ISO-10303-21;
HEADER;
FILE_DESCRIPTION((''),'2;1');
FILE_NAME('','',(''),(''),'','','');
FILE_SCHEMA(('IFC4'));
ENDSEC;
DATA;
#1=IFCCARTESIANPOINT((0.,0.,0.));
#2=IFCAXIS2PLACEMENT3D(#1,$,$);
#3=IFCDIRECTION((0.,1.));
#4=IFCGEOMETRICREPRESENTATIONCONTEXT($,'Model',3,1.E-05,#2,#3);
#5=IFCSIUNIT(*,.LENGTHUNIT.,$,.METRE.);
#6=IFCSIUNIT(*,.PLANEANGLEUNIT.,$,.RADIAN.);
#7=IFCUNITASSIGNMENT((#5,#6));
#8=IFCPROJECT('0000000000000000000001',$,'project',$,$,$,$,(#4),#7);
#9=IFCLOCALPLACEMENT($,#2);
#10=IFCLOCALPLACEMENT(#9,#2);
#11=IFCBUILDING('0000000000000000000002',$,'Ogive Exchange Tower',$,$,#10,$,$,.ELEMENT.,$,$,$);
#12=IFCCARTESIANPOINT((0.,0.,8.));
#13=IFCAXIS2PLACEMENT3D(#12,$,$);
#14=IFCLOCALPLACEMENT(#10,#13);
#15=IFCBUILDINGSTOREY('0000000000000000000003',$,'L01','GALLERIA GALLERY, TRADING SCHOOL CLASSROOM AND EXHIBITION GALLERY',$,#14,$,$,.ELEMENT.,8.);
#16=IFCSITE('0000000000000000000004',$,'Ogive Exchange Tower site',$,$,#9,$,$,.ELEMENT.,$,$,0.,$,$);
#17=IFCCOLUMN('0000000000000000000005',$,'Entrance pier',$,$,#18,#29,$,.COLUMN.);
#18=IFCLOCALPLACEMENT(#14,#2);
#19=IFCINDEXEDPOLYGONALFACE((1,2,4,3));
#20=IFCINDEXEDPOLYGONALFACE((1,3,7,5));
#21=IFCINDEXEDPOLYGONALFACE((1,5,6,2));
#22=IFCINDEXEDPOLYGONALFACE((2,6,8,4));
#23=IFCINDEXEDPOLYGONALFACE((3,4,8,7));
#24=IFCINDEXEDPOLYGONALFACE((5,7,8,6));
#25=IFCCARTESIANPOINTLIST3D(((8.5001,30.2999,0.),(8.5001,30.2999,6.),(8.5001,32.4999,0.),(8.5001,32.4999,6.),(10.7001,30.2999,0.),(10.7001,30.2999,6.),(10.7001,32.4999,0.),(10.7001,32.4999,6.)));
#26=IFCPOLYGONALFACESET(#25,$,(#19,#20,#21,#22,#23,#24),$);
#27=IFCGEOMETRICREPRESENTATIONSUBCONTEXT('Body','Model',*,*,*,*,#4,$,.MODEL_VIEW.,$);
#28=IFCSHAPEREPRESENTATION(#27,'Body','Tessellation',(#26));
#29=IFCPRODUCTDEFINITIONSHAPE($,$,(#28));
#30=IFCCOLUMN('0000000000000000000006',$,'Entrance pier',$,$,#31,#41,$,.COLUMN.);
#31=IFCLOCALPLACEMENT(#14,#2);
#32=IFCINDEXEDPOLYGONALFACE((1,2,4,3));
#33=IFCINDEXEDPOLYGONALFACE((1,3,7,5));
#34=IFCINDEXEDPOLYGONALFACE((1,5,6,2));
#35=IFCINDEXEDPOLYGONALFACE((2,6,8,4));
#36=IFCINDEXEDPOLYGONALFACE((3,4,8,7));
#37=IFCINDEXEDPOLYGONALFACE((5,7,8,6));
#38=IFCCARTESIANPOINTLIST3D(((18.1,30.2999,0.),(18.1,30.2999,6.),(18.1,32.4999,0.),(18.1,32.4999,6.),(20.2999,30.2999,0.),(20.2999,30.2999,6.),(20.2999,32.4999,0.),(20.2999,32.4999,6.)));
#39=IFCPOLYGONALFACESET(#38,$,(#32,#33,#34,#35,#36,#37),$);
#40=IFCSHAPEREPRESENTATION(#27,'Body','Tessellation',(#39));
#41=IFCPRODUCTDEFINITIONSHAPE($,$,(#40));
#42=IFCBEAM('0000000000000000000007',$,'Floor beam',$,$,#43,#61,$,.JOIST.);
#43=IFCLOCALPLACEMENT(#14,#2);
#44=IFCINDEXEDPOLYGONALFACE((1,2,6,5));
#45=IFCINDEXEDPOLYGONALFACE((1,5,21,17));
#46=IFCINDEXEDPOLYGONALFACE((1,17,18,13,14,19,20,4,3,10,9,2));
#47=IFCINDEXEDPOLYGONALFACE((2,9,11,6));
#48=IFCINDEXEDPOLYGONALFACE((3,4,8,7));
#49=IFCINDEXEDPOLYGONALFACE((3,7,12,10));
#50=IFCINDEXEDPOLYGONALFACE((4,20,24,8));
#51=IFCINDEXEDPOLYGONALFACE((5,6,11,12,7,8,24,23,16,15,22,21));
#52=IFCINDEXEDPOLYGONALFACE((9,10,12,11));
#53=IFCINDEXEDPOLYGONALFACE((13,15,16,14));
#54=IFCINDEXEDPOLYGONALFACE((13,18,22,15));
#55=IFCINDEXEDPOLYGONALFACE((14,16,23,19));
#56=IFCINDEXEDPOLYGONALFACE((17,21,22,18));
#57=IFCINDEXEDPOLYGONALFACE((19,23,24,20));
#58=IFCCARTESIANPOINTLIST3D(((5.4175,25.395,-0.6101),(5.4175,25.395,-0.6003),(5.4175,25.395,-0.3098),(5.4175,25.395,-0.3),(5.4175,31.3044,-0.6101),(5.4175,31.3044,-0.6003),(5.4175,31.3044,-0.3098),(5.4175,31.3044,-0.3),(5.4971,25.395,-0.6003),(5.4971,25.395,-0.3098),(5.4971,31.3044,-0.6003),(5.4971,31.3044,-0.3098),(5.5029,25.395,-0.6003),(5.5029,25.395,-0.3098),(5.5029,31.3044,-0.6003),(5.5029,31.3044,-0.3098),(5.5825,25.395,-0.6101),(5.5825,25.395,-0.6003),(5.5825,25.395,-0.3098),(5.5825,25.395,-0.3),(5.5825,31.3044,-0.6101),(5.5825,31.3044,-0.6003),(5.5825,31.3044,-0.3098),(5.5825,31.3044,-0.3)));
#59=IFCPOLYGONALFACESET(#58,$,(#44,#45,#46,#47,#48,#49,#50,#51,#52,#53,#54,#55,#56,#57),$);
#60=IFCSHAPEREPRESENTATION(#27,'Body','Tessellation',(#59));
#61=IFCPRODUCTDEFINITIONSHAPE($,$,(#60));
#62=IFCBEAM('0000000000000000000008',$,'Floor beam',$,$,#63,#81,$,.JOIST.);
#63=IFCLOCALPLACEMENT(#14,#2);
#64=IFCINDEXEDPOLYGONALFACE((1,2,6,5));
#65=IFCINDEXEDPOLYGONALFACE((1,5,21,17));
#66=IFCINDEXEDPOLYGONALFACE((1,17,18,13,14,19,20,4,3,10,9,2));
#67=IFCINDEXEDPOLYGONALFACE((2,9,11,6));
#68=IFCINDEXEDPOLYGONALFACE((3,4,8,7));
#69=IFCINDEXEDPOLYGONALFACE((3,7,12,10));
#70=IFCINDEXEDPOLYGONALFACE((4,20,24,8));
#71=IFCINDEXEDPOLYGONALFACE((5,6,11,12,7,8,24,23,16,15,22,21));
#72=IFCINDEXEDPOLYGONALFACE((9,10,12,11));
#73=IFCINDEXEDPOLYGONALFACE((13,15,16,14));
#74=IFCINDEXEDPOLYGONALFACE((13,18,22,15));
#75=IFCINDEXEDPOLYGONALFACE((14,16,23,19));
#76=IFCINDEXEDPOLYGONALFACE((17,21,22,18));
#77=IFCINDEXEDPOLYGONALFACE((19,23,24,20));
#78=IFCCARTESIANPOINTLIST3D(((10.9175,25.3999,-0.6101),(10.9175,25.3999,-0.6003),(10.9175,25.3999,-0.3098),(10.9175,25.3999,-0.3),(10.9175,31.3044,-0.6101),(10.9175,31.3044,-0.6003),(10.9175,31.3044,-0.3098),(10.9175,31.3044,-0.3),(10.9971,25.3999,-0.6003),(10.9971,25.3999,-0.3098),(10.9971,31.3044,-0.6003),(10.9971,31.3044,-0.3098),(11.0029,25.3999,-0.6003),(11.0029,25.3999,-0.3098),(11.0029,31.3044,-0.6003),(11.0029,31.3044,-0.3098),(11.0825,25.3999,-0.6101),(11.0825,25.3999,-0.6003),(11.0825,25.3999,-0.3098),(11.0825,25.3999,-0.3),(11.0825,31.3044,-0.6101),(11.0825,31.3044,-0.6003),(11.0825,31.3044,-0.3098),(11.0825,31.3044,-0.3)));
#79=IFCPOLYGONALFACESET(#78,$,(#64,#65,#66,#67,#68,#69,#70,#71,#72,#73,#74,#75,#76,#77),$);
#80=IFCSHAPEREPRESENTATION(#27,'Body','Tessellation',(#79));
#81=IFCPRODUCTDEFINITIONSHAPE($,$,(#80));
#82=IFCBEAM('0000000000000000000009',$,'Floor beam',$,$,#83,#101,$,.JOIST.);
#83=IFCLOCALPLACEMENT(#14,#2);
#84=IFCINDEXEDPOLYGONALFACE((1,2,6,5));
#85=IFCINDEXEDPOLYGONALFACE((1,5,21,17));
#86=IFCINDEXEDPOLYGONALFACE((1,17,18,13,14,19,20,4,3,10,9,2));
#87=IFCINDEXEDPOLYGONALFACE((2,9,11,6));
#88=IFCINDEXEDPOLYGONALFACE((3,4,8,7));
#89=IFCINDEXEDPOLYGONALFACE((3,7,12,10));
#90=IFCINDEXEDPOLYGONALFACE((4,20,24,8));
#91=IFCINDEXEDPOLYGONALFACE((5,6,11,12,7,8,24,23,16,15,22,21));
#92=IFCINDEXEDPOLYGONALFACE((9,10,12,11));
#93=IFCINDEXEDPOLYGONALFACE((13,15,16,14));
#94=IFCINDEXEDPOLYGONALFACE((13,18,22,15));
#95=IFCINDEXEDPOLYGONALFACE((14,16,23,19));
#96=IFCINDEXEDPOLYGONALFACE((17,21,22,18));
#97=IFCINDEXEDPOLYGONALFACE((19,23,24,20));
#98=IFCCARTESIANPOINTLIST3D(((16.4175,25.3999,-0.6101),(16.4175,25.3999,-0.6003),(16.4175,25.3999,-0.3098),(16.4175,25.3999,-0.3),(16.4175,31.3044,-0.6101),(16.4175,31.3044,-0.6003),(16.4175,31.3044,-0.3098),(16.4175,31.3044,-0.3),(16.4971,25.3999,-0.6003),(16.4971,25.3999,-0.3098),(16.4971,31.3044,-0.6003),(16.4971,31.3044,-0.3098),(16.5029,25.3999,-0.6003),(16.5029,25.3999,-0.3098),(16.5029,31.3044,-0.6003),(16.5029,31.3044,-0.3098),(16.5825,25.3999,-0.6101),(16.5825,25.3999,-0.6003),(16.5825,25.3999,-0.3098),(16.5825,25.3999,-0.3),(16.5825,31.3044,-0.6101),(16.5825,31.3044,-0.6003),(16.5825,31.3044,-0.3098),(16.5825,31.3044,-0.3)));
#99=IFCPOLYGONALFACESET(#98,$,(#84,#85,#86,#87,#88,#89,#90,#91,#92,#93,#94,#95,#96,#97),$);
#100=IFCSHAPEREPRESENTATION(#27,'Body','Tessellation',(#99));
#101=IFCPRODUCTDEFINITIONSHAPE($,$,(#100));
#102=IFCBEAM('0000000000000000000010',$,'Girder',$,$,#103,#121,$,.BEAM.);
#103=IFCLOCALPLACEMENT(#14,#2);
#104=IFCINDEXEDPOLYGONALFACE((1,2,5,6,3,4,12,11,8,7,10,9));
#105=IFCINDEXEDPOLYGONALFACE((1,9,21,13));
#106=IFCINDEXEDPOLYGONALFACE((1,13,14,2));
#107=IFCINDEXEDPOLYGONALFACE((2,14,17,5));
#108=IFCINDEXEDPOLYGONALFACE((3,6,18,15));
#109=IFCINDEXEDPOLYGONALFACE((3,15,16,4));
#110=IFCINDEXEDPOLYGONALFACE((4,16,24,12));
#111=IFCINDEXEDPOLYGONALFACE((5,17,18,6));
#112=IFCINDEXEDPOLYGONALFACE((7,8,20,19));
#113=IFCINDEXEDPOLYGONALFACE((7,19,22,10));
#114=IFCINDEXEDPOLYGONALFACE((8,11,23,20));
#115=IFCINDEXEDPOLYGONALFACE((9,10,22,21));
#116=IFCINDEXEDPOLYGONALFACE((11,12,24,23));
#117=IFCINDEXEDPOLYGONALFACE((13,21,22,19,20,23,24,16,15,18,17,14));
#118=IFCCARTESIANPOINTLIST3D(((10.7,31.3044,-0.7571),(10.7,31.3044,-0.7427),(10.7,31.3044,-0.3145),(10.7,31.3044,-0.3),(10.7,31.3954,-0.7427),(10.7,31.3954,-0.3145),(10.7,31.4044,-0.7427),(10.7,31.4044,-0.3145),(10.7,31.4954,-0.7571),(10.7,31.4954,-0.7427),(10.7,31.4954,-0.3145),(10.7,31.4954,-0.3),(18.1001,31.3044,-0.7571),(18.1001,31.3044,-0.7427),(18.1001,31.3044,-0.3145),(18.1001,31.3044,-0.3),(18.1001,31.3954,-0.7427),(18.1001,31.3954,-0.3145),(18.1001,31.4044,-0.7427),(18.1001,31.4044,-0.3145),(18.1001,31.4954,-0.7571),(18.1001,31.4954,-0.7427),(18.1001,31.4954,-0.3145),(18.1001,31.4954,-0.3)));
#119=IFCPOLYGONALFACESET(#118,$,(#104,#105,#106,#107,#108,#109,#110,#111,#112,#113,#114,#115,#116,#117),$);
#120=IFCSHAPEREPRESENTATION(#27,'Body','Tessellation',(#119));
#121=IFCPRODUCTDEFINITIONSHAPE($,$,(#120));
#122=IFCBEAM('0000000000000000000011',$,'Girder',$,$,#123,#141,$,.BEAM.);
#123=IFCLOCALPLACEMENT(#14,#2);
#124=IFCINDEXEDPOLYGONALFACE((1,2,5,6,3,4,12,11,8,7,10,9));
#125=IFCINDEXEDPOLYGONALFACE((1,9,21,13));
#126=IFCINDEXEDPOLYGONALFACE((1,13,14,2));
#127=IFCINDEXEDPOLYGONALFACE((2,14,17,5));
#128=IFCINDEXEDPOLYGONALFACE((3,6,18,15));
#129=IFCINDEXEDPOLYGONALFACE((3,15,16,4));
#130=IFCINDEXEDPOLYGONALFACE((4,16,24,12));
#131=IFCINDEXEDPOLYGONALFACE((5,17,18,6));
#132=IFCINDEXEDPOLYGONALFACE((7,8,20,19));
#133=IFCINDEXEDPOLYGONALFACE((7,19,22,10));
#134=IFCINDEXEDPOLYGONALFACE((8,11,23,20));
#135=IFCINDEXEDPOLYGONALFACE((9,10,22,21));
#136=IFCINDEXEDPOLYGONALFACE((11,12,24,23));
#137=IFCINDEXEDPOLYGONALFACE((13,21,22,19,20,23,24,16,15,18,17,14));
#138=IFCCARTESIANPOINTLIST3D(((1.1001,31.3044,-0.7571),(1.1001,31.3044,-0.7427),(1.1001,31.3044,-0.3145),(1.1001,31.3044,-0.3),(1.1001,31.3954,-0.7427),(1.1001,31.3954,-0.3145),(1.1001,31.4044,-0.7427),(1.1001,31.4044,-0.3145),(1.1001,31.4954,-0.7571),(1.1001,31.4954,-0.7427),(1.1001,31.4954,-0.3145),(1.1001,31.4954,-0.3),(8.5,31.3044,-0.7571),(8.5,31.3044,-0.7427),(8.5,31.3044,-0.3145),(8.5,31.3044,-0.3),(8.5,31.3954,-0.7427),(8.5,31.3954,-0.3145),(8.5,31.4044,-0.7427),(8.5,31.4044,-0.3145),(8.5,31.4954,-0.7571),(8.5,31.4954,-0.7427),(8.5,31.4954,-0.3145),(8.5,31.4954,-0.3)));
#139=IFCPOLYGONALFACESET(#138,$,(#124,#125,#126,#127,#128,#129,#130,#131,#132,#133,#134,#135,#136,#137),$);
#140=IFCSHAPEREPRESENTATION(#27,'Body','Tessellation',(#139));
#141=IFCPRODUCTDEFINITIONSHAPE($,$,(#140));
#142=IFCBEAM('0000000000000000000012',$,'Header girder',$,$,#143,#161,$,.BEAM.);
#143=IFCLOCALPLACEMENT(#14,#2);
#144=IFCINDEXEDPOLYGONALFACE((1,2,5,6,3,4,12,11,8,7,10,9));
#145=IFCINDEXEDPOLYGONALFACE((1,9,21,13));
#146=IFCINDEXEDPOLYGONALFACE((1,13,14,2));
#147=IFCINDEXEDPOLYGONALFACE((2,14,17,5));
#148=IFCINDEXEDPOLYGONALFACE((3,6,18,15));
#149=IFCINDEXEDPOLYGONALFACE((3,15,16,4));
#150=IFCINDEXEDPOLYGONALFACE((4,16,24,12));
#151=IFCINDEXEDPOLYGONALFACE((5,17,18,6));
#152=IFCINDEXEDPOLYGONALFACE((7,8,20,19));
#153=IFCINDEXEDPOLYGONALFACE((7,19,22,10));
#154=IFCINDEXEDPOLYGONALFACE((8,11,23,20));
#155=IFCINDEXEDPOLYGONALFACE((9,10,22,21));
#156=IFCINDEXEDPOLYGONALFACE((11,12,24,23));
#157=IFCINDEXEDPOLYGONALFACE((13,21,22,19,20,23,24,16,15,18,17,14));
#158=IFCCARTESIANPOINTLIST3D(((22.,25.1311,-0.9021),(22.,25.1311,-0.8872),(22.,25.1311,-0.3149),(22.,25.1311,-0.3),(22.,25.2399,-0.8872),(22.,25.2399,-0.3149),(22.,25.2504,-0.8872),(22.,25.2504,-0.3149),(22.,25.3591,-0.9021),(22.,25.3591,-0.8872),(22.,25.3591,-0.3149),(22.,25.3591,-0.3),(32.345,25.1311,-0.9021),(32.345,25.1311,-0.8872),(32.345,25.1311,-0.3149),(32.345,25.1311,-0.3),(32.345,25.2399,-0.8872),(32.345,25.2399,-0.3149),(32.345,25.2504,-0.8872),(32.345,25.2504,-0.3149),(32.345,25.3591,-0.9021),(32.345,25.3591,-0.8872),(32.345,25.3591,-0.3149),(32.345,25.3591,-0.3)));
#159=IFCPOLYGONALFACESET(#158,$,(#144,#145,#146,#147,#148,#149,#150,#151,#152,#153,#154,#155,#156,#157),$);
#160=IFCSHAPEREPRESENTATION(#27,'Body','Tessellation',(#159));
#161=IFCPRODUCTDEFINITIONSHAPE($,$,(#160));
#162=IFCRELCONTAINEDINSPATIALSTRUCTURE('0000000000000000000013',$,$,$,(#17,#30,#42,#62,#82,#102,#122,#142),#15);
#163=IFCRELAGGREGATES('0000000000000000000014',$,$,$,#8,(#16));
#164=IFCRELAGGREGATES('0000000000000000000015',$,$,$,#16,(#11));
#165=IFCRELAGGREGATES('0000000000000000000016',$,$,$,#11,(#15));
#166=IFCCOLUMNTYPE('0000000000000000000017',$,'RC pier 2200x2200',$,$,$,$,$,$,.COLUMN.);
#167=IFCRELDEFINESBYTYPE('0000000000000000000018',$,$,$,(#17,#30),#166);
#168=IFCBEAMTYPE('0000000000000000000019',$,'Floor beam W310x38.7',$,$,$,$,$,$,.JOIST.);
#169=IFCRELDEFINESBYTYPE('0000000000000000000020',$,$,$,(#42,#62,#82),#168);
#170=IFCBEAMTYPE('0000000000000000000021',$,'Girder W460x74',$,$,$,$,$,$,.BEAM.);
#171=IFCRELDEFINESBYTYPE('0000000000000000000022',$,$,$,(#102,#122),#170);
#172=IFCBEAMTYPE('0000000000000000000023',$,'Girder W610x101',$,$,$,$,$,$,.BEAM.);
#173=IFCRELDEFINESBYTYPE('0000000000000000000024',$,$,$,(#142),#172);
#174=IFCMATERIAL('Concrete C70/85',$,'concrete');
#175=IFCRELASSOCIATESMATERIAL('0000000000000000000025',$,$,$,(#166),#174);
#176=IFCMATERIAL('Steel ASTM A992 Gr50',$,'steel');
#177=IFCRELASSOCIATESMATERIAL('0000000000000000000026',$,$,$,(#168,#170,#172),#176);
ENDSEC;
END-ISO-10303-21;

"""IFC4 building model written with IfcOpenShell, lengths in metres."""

from ifc_helpers import new_model, si_unit, direction, frame, origin, origin_2d, place, context, subcontext, project, spatial, rectangle, i_section, extrude, material, material_profile, profile_set, type_object, element, save


model = new_model("IFC4")

# Units and contexts
model_context = context("Model", 3, precision=1e-05, world=origin(), true_north=direction((0.0, 1.0)))
body_context = subcontext(model_context, "Body", "Model", "MODEL_VIEW")
ifc_project = project(units=[si_unit("LENGTHUNIT", "METRE"), si_unit("PLANEANGLEUNIT", "RADIAN")], contexts=[model_context])

# Site, building, storey
site_placement = place(None, origin())
site = spatial("IfcSite", under=ifc_project, at=site_placement, Name="Ogive Exchange Tower site", CompositionType="ELEMENT", RefElevation=0.0)
building_placement = place(site_placement, origin())
building = spatial("IfcBuilding", under=site, at=building_placement, Name="Ogive Exchange Tower", CompositionType="ELEMENT")
storey_placement = place(building_placement, frame((0.0, 0.0, 8.0)))
storey = spatial("IfcBuildingStorey", under=building, at=storey_placement, Name="L01", Description="GALLERIA GALLERY, TRADING SCHOOL CLASSROOM AND EXHIBITION GALLERY", CompositionType="ELEMENT", Elevation=8.0)

# Columns
ifc_material_1 = material(Name="Concrete C70/85", Category="concrete")
ifc_material_profile_1 = material_profile(ifc_material_1, rectangle(XDim=2.2, YDim=2.2, at=origin_2d()), Name="RC 2200x2200")
ifc_profile_set_1 = profile_set([ifc_material_profile_1], Name="Concrete C70/85")
column_type = type_object("IfcColumnType", Name="RC pier 2200x2200", PredefinedType="COLUMN", material=ifc_profile_set_1)
for number, where, z_axis, x_axis, name in (
    (1, (9.6001, 31.3999, 0.0), (0.0, 0.0, 1.0), (1.0, 0.0, 0.0), "Entrance pier"),
    (2, (19.2, 31.3999, 0.0), (0.0, 0.0, 1.0), (1.0, 0.0, 0.0), "Entrance pier"),
):
    element("IfcColumn", number, at=place(storey_placement, frame(where, z_axis=z_axis, x_axis=x_axis)), inside=storey, type_object=column_type, Name=name, PredefinedType="COLUMN", context=body_context, shape_type="SweptSolid", body=[
        extrude(rectangle(XDim=2.2, YDim=2.2, at=origin_2d()), origin(), (0.0, 0.0, 1.0), 6.0),
    ])

# Beams
ifc_material_2 = material(Name="Steel ASTM A992 Gr50", Category="steel")
ifc_material_profile_2 = material_profile(ifc_material_2, i_section(OverallWidth=0.165, OverallDepth=0.3101, WebThickness=0.0059, FlangeThickness=0.0098, at=origin_2d()), Name="W310x38.7")
ifc_profile_set_2 = profile_set([ifc_material_profile_2], Name="Steel ASTM A992 Gr50")
beam_type_1 = type_object("IfcBeamType", Name="Floor beam W310x38.7", PredefinedType="JOIST", material=ifc_profile_set_2)
beam_1_placement = place(storey_placement, frame((5.5, 25.395, -0.4551), z_axis=(0.0, 1.0, 0.0), x_axis=(-1.0, 0.0, 0.0)))
element("IfcBeam", 3, at=beam_1_placement, inside=storey, type_object=beam_type_1, Name="Floor beam", PredefinedType="JOIST", context=body_context, shape_type="SweptSolid", body=[
    extrude(i_section(OverallWidth=0.165, OverallDepth=0.3101, WebThickness=0.0059, FlangeThickness=0.0098, at=origin_2d()), origin(), (0.0, 0.0, 1.0), 5.9094),
])
for number, where, z_axis, x_axis, name in (
    (4, (11.0, 25.3999, -0.4551), (0.0, 1.0, 0.0), (-1.0, 0.0, 0.0), "Floor beam"),
    (5, (16.5, 25.3999, -0.4551), (0.0, 1.0, 0.0), (-1.0, 0.0, 0.0), "Floor beam"),
):
    element("IfcBeam", number, at=place(storey_placement, frame(where, z_axis=z_axis, x_axis=x_axis)), inside=storey, type_object=beam_type_1, Name=name, PredefinedType="JOIST", context=body_context, shape_type="SweptSolid", body=[
        extrude(i_section(OverallWidth=0.165, OverallDepth=0.3101, WebThickness=0.0059, FlangeThickness=0.0098, at=origin_2d()), origin(), (0.0, 0.0, 1.0), 5.9045),
    ])
ifc_material_profile_3 = material_profile(ifc_material_2, i_section(OverallWidth=0.1909, OverallDepth=0.457, WebThickness=0.009, FlangeThickness=0.0144, at=origin_2d()), Name="W460x74")
ifc_profile_set_3 = profile_set([ifc_material_profile_3], Name="Steel ASTM A992 Gr50")
beam_type_2 = type_object("IfcBeamType", Name="Girder W460x74", PredefinedType="BEAM", material=ifc_profile_set_3)
beam_2_placement = place(storey_placement, frame((18.1001, 31.3999, -0.5286), z_axis=(-1.0, 0.0, 0.0), x_axis=(0.0, -1.0, 0.0)))
element("IfcBeam", 6, at=beam_2_placement, inside=storey, type_object=beam_type_2, Name="Girder", PredefinedType="BEAM", context=body_context, shape_type="SweptSolid", body=[
    extrude(i_section(OverallWidth=0.1909, OverallDepth=0.457, WebThickness=0.009, FlangeThickness=0.0144, at=origin_2d()), origin(), (0.0, 0.0, 1.0), 7.4001),
])
beam_3_placement = place(storey_placement, frame((8.5, 31.3999, -0.5286), z_axis=(-1.0, 0.0, 0.0), x_axis=(0.0, -1.0, 0.0)))
element("IfcBeam", 7, at=beam_3_placement, inside=storey, type_object=beam_type_2, Name="Girder", PredefinedType="BEAM", context=body_context, shape_type="SweptSolid", body=[
    extrude(i_section(OverallWidth=0.1909, OverallDepth=0.457, WebThickness=0.009, FlangeThickness=0.0144, at=origin_2d()), origin(), (0.0, 0.0, 1.0), 7.3999),
])
ifc_material_profile_4 = material_profile(ifc_material_2, i_section(OverallWidth=0.228, OverallDepth=0.6021, WebThickness=0.0105, FlangeThickness=0.0149, at=origin_2d()), Name="W610x101")
ifc_profile_set_4 = profile_set([ifc_material_profile_4], Name="Steel ASTM A992 Gr50")
beam_type_3 = type_object("IfcBeamType", Name="Girder W610x101", PredefinedType="BEAM", material=ifc_profile_set_4)
beam_4_placement = place(storey_placement, frame((22.0, 25.2451, -0.6011), z_axis=(1.0, 0.0, 0.0), x_axis=(0.0, 1.0, 0.0)))
element("IfcBeam", 8, at=beam_4_placement, inside=storey, type_object=beam_type_3, Name="Header girder", PredefinedType="BEAM", context=body_context, shape_type="SweptSolid", body=[
    extrude(i_section(OverallWidth=0.228, OverallDepth=0.6021, WebThickness=0.0105, FlangeThickness=0.0149, at=origin_2d()), origin(), (0.0, 0.0, 1.0), 10.345),
])

save(model, "model.ifc")
